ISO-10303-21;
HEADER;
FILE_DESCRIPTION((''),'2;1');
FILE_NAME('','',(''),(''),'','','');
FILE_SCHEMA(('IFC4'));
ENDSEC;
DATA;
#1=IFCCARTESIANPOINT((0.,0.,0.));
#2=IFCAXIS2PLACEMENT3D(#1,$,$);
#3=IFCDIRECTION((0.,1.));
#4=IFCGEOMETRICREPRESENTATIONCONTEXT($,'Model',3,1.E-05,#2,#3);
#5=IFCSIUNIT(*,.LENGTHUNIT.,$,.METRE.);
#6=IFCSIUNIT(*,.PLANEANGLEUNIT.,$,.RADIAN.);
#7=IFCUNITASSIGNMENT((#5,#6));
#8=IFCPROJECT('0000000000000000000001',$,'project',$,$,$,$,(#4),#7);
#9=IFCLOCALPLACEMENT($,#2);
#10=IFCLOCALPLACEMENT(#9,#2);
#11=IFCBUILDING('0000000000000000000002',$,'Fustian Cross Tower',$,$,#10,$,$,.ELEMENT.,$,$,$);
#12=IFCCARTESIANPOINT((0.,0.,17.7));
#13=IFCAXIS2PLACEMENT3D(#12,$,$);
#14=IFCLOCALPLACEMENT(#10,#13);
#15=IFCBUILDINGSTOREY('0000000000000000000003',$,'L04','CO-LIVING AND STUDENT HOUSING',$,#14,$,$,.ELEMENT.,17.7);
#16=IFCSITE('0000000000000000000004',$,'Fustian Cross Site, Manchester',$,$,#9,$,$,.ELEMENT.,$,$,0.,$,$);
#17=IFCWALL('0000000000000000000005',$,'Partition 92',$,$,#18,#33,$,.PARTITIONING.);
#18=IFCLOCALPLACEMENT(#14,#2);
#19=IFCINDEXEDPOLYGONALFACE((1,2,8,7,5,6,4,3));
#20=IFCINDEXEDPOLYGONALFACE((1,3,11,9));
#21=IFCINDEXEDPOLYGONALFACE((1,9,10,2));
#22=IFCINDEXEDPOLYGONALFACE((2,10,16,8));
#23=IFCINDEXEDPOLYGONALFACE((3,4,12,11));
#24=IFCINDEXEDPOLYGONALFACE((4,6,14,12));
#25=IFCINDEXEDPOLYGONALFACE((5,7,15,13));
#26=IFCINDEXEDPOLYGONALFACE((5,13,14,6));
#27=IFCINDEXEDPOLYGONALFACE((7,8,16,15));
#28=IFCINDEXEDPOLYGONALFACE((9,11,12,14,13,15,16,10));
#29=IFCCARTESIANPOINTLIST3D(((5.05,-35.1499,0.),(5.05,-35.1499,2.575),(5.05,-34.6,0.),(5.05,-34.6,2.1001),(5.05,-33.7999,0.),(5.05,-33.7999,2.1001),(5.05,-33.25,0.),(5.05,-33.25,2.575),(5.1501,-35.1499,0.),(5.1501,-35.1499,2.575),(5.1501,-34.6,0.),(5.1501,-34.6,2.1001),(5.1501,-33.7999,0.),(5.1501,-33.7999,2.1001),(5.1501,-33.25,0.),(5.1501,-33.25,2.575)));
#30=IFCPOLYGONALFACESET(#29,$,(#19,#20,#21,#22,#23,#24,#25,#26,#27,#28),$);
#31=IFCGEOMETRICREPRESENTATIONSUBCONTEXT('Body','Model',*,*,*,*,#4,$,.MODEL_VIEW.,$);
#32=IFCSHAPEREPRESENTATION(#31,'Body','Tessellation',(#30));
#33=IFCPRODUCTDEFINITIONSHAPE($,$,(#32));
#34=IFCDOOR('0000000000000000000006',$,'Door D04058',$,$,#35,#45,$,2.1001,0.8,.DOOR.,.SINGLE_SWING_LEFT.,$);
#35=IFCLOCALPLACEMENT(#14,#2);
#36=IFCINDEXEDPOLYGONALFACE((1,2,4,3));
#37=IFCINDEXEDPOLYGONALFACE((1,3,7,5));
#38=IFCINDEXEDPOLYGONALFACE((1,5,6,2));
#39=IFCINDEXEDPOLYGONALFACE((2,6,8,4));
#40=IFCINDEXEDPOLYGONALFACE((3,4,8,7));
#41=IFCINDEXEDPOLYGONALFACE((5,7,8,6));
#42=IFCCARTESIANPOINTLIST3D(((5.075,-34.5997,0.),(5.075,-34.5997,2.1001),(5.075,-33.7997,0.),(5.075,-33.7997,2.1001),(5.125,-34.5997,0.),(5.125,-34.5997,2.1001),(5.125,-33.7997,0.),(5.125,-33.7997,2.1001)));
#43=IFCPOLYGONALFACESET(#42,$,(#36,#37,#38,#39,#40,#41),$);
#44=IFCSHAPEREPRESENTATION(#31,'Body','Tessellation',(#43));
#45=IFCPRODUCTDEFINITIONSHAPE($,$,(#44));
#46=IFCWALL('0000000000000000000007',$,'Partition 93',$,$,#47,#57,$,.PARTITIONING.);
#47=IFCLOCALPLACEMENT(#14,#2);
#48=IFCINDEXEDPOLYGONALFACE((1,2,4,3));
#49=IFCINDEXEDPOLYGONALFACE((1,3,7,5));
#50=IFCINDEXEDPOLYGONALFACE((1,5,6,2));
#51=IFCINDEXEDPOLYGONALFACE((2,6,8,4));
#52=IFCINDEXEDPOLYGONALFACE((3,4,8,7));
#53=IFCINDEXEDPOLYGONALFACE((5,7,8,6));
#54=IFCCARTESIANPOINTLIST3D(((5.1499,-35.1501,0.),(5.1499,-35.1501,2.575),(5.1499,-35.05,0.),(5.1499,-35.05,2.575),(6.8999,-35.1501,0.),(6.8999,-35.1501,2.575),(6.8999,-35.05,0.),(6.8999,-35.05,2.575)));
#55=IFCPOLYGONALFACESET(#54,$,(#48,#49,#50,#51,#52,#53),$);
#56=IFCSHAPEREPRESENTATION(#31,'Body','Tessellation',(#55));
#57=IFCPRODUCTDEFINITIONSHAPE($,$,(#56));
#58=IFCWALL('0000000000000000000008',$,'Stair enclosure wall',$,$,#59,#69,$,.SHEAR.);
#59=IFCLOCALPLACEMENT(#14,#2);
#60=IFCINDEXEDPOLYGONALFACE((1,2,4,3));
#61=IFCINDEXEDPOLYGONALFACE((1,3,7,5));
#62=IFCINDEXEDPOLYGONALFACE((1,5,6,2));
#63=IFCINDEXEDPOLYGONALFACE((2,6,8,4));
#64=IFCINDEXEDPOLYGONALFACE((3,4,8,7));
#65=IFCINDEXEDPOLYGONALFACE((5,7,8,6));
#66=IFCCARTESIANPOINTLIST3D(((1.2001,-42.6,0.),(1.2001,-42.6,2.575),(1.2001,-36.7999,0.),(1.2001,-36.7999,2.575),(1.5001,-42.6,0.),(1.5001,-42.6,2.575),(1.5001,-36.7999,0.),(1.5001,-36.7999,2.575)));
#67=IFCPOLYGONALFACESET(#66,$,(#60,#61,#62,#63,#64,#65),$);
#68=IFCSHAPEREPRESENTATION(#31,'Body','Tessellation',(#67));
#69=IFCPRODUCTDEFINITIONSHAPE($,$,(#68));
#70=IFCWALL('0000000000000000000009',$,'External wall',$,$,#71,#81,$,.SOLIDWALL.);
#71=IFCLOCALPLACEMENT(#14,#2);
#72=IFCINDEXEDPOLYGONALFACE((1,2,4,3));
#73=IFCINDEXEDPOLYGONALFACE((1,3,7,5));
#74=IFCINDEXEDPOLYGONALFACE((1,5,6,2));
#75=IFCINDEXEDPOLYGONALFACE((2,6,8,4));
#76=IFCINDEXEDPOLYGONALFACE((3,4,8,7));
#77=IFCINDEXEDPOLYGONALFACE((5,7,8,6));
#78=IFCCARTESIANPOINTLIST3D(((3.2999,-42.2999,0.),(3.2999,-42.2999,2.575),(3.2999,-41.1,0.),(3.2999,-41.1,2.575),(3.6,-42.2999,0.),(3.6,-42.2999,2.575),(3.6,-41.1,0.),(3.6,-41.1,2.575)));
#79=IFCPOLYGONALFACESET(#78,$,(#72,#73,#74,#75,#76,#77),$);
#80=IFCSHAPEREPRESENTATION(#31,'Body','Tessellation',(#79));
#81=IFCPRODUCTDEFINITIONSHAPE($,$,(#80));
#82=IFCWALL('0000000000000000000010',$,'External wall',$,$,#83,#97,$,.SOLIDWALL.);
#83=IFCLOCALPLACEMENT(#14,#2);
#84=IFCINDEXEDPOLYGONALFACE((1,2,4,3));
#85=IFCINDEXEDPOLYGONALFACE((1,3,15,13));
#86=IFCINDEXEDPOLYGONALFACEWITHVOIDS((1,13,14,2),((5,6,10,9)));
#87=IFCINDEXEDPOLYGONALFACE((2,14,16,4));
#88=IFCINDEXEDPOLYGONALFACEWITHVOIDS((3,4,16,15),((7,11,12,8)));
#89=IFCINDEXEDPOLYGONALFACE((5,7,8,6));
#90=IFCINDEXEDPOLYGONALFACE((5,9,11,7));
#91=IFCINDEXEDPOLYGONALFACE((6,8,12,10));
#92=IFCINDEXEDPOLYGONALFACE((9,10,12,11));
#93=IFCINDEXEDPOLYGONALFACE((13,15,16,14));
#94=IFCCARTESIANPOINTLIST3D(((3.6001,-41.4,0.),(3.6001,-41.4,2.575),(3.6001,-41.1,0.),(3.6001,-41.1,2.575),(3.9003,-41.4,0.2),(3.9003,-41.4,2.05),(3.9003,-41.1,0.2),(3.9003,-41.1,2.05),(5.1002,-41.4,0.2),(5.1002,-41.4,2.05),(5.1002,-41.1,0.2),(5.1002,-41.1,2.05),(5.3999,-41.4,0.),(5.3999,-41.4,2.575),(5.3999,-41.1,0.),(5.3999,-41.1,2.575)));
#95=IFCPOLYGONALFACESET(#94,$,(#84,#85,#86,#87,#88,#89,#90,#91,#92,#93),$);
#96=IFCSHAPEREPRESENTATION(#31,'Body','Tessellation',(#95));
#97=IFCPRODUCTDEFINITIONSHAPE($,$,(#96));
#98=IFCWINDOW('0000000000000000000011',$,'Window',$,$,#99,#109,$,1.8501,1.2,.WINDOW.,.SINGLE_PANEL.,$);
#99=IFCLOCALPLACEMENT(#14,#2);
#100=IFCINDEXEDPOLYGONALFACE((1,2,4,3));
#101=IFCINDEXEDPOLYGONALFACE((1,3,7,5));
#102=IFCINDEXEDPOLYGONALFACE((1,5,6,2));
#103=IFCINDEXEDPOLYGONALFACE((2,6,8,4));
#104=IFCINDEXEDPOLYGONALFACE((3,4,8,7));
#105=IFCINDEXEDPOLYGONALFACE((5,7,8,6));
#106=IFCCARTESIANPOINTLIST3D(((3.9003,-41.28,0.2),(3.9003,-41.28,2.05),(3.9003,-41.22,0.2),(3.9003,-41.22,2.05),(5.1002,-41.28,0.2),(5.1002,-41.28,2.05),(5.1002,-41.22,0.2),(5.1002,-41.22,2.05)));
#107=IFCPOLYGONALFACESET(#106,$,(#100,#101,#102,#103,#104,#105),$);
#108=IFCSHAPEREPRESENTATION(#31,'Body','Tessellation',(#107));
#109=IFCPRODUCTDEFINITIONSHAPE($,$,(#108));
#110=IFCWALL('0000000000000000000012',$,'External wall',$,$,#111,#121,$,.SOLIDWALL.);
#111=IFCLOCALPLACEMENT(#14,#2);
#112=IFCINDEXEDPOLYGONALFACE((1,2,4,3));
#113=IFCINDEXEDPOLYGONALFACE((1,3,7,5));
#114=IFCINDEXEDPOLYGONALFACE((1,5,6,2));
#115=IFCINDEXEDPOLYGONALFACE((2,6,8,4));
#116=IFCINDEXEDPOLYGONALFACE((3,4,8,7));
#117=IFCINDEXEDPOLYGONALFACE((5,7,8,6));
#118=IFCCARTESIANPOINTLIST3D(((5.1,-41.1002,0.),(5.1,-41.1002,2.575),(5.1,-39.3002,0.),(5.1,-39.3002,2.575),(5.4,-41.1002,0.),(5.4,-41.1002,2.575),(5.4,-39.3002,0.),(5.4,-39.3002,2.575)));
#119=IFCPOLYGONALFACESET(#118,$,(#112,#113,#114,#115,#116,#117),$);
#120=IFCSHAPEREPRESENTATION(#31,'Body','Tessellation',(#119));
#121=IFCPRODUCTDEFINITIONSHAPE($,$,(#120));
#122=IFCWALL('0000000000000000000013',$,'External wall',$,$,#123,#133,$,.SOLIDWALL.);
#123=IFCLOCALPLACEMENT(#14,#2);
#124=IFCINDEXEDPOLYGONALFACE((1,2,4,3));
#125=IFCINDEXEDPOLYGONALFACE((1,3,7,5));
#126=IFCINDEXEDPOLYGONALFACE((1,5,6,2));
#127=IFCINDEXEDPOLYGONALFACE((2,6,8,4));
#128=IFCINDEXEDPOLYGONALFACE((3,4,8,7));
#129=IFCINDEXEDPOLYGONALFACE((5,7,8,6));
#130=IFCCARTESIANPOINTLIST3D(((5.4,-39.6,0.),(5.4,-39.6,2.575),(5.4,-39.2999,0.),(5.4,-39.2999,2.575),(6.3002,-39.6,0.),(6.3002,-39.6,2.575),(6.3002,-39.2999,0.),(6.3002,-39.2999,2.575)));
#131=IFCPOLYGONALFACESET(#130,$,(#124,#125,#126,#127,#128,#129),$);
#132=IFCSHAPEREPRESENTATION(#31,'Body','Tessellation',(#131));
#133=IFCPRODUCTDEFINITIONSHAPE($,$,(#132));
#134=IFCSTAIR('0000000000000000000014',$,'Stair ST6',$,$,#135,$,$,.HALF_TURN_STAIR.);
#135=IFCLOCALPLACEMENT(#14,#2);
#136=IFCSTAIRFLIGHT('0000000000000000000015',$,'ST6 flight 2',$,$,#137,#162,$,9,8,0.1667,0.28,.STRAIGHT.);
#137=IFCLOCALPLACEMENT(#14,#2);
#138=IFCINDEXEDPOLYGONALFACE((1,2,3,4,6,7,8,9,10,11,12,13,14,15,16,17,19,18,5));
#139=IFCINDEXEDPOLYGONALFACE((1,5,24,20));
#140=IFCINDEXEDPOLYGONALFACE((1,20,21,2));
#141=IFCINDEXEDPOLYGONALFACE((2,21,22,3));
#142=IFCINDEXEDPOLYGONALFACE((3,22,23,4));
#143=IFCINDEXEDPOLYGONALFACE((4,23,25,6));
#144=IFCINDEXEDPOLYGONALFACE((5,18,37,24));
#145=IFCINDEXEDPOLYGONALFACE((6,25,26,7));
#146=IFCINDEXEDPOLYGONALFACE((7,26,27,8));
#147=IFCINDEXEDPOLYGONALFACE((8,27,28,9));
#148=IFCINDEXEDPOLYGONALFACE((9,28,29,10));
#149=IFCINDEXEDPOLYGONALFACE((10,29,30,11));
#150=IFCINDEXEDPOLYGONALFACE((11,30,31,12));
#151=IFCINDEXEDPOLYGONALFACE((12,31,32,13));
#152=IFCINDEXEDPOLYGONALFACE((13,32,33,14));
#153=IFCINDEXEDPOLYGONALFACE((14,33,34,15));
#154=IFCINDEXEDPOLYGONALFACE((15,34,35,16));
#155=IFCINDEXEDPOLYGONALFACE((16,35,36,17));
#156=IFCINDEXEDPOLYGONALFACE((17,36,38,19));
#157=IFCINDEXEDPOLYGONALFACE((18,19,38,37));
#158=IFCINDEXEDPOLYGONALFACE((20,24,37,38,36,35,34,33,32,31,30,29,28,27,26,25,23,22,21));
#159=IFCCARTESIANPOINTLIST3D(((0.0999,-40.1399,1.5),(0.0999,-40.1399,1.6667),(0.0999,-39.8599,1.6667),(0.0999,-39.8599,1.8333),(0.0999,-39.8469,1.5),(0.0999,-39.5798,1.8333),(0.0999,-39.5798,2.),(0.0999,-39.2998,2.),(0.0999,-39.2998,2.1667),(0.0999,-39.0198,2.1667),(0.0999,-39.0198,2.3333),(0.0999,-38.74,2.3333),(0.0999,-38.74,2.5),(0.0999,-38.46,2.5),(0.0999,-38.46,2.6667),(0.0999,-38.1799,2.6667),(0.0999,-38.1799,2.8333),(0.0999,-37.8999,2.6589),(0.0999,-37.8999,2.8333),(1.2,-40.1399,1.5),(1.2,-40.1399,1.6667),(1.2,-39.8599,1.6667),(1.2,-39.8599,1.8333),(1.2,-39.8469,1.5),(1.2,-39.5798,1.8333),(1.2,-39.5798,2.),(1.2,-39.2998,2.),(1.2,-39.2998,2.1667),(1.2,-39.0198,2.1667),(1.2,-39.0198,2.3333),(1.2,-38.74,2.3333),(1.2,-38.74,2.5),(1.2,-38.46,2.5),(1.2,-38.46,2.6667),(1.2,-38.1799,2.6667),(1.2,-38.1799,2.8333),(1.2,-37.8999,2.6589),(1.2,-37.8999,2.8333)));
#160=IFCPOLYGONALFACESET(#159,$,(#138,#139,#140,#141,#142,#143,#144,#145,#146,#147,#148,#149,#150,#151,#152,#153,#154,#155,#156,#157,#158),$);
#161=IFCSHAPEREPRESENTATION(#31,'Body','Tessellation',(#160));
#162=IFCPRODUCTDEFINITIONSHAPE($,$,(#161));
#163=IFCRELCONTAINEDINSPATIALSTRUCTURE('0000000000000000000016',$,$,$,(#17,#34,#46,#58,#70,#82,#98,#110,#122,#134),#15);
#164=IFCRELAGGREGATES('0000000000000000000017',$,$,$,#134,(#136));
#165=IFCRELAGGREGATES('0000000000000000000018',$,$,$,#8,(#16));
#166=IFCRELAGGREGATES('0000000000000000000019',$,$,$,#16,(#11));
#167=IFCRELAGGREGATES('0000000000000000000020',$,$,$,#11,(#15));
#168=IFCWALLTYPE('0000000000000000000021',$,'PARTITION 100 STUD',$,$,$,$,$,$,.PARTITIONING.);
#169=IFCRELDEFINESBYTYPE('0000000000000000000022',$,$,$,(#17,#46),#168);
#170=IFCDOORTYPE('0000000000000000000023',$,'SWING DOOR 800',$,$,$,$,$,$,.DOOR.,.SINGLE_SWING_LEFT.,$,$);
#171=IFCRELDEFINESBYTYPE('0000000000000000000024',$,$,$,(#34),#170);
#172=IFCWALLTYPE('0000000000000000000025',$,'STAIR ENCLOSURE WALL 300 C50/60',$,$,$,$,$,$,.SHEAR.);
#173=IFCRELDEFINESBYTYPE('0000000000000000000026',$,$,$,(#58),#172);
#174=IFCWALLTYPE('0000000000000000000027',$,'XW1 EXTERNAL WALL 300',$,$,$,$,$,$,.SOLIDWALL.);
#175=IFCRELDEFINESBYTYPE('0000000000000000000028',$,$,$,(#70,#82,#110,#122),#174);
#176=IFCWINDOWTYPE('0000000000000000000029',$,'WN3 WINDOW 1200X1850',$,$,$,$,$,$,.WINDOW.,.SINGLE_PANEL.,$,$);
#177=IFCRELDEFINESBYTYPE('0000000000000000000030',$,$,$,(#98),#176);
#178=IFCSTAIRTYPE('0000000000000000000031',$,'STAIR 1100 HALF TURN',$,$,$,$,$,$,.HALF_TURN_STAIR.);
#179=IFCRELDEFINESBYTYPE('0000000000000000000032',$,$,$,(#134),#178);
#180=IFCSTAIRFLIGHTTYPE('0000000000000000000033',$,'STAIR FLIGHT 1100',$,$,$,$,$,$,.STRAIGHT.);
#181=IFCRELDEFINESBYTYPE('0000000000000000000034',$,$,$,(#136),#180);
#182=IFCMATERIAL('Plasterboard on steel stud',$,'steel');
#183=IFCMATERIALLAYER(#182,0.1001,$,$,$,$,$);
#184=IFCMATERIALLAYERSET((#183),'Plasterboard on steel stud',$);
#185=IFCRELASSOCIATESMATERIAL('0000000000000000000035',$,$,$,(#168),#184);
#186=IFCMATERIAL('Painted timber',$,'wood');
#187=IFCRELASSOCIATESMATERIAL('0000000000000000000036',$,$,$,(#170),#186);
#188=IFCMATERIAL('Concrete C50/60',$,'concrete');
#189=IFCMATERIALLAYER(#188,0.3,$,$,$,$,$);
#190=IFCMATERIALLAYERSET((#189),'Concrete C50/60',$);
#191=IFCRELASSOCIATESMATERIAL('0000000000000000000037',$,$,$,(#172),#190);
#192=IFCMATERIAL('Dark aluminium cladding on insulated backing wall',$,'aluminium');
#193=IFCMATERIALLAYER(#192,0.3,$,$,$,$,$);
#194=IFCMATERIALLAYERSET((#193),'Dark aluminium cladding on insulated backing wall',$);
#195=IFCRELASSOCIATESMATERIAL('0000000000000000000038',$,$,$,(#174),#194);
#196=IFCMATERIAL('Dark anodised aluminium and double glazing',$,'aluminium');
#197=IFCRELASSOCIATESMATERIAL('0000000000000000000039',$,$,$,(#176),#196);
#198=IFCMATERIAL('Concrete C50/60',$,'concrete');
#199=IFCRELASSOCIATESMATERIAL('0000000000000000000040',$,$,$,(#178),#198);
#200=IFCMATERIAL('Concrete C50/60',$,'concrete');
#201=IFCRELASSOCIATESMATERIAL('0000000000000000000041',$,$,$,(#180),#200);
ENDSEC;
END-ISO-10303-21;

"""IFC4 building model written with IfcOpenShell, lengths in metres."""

from ifc_helpers import new_model, si_unit, direction, frame, frame_2d, origin, place, context, subcontext, project, spatial, polyline, rectangle, outline, extrude, material, layer, layer_set, type_object, element, fill, aggregate, save


model = new_model("IFC4")

# Units and contexts
model_context = context("Model", 3, precision=1e-05, world=origin(), true_north=direction((0.0, 1.0)))
body_context = subcontext(model_context, "Body", "Model", "MODEL_VIEW")
ifc_project = project(units=[si_unit("LENGTHUNIT", "METRE"), si_unit("PLANEANGLEUNIT", "RADIAN")], contexts=[model_context])

# Site, building, storey
site_placement = place(None, origin())
site = spatial("IfcSite", under=ifc_project, at=site_placement, Name="Fustian Cross Site, Manchester", CompositionType="ELEMENT", RefElevation=0.0)
building_placement = place(site_placement, origin())
building = spatial("IfcBuilding", under=site, at=building_placement, Name="Fustian Cross Tower", CompositionType="ELEMENT")
storey_placement = place(building_placement, frame((0.0, 0.0, 17.7)))
storey = spatial("IfcBuildingStorey", under=building, at=storey_placement, Name="L04", Description="CO-LIVING AND STUDENT HOUSING", CompositionType="ELEMENT", Elevation=17.7)

# Wall, opening, door
ifc_material_1 = material(Name="Plasterboard on steel stud", Category="steel")
ifc_layer_1 = layer(ifc_material_1, 0.1001)
ifc_layer_set_1 = layer_set([ifc_layer_1], Name="Plasterboard on steel stud")
wall_type_1 = type_object("IfcWallType", Name="PARTITION 100 STUD", PredefinedType="PARTITIONING", material=ifc_layer_set_1)
wall_1_placement = place(storey_placement, frame((5.1001, -35.1499, 0.0), z_axis=(0.0, 0.0, 1.0), x_axis=(0.0, 1.0, 0.0)))
wall_1 = element("IfcWall", 1, at=wall_1_placement, inside=storey, type_object=wall_type_1, Name="Partition 92", PredefinedType="PARTITIONING", context=body_context, shape_type="SweptSolid", body=[
    extrude(rectangle(XDim=1.8999, YDim=0.1001, at=frame_2d((0.95, 0.0))), origin(), (0.0, 0.0, 1.0), 2.575),
])
opening_1_placement = place(wall_1_placement, frame((0.55, 0.0, 0.0)))
opening_1 = element("IfcOpeningElement", 2, at=opening_1_placement, cuts=wall_1, PredefinedType="OPENING", context=body_context, shape_type="SweptSolid", body=[
    extrude(rectangle(XDim=0.8, YDim=2.1001, at=frame_2d((0.3999, 1.05))), frame((0.0, 0.0601, 0.0), z_axis=(0.0, -1.0, 0.0), x_axis=(1.0, 0.0, 0.0)), (0.0, 0.0, 1.0), 0.1201),
])
ifc_material_2 = material(Name="Painted timber", Category="wood")
door_type_1 = type_object("IfcDoorType", Name="SWING DOOR 800", OperationType="SINGLE_SWING_LEFT", PredefinedType="DOOR", material=ifc_material_2)
door_1_placement = place(opening_1_placement, frame((0.8, 0.0, 0.0), z_axis=(0.0, 0.0, 1.0), x_axis=(-1.0, 0.0, 0.0)))
door_1 = element("IfcDoor", 3, at=door_1_placement, inside=storey, type_object=door_type_1, Name="Door D04058", OperationType="SINGLE_SWING_LEFT", OverallHeight=2.1001, OverallWidth=0.8, PredefinedType="DOOR", context=body_context, shape_type="SweptSolid", body=[
    extrude(rectangle(XDim=0.8, YDim=2.1001, at=frame_2d((0.3999, 1.05))), frame((0.0, 0.0249, 0.0), z_axis=(0.0, -1.0, 0.0), x_axis=(1.0, 0.0, 0.0)), (0.0, 0.0, 1.0), 0.05),
])
fill(opening_1, door_1)

# Walls
wall_2_placement = place(storey_placement, frame((5.1499, -35.1001, 0.0), z_axis=(0.0, 0.0, 1.0), x_axis=(1.0, 0.0, 0.0)))
element("IfcWall", 4, at=wall_2_placement, inside=storey, type_object=wall_type_1, Name="Partition 93", PredefinedType="PARTITIONING", context=body_context, shape_type="SweptSolid", body=[
    extrude(rectangle(XDim=1.75, YDim=0.1001, at=frame_2d((0.875, 0.0))), origin(), (0.0, 0.0, 1.0), 2.575),
])
ifc_material_3 = material(Name="Concrete C50/60", Category="concrete")
ifc_layer_2 = layer(ifc_material_3, 0.3)
ifc_layer_set_2 = layer_set([ifc_layer_2], Name="Concrete C50/60")
wall_type_2 = type_object("IfcWallType", Name="STAIR ENCLOSURE WALL 300 C50/60", PredefinedType="SHEAR", material=ifc_layer_set_2)
wall_3_placement = place(storey_placement, frame((1.3501, -36.8, 0.0), z_axis=(0.0, 0.0, 1.0), x_axis=(0.0, -1.0, 0.0)))
element("IfcWall", 5, at=wall_3_placement, inside=storey, type_object=wall_type_2, Name="Stair enclosure wall", PredefinedType="SHEAR", context=body_context, shape_type="SweptSolid", body=[
    extrude(rectangle(XDim=5.8, YDim=0.3, at=frame_2d((2.8999, 0.0))), origin(), (0.0, 0.0, 1.0), 2.575),
])
ifc_material_4 = material(Name="Dark aluminium cladding on insulated backing wall", Category="aluminium")
ifc_layer_3 = layer(ifc_material_4, 0.3)
ifc_layer_set_3 = layer_set([ifc_layer_3], Name="Dark aluminium cladding on insulated backing wall")
wall_type_3 = type_object("IfcWallType", Name="XW1 EXTERNAL WALL 300", PredefinedType="SOLIDWALL", material=ifc_layer_set_3)
wall_4_placement = place(storey_placement, frame((3.45, -42.3, 0.0), z_axis=(0.0, 0.0, 1.0), x_axis=(0.0, 1.0, 0.0)))
element("IfcWall", 6, at=wall_4_placement, inside=storey, type_object=wall_type_3, Name="External wall", PredefinedType="SOLIDWALL", context=body_context, shape_type="SweptSolid", body=[
    extrude(rectangle(XDim=1.2, YDim=0.3, at=frame_2d((0.6001, 0.0))), origin(), (0.0, 0.0, 1.0), 2.575),
])

# Wall, opening, window
wall_5_placement = place(storey_placement, frame((3.6001, -41.25, 0.0), z_axis=(0.0, 0.0, 1.0), x_axis=(1.0, 0.0, 0.0)))
wall_5 = element("IfcWall", 7, at=wall_5_placement, inside=storey, type_object=wall_type_3, Name="External wall", PredefinedType="SOLIDWALL", context=body_context, shape_type="SweptSolid", body=[
    extrude(rectangle(XDim=1.7998, YDim=0.3, at=frame_2d((0.8999, 0.0))), origin(), (0.0, 0.0, 1.0), 2.575),
])
opening_2_placement = place(wall_5_placement, frame((0.3, 0.0, 0.2)))
opening_2 = element("IfcOpeningElement", 8, at=opening_2_placement, cuts=wall_5, PredefinedType="OPENING", context=body_context, shape_type="SweptSolid", body=[
    extrude(rectangle(XDim=1.2, YDim=1.8501, at=frame_2d((0.6001, 0.925))), frame((0.0, 0.1599, 0.0), z_axis=(0.0, -1.0, 0.0), x_axis=(1.0, 0.0, 0.0)), (0.0, 0.0, 1.0), 0.3201),
])
ifc_material_5 = material(Name="Dark anodised aluminium and double glazing", Category="aluminium")
window_type = type_object("IfcWindowType", Name="WN3 WINDOW 1200X1850", PartitioningType="SINGLE_PANEL", PredefinedType="WINDOW", material=ifc_material_5)
window_placement = place(opening_2_placement, origin())
window = element("IfcWindow", 9, at=window_placement, inside=storey, type_object=window_type, Name="Window", OverallHeight=1.8501, OverallWidth=1.2, PartitioningType="SINGLE_PANEL", PredefinedType="WINDOW", context=body_context, shape_type="SweptSolid", body=[
    extrude(rectangle(XDim=1.2, YDim=1.8501, at=frame_2d((0.6001, 0.925))), frame((0.0, 0.03, 0.0), z_axis=(0.0, -1.0, 0.0), x_axis=(1.0, 0.0, 0.0)), (0.0, 0.0, 1.0), 0.0601),
])
fill(opening_2, window)

# Walls
wall_6_placement = place(storey_placement, frame((5.25, -41.1001, 0.0), z_axis=(0.0, 0.0, 1.0), x_axis=(0.0, 1.0, 0.0)))
element("IfcWall", 10, at=wall_6_placement, inside=storey, type_object=wall_type_3, Name="External wall", PredefinedType="SOLIDWALL", context=body_context, shape_type="SweptSolid", body=[
    extrude(rectangle(XDim=1.8, YDim=0.3, at=frame_2d((0.8999, 0.0))), origin(), (0.0, 0.0, 1.0), 2.575),
])
wall_7_placement = place(storey_placement, frame((5.3999, -39.45, 0.0), z_axis=(0.0, 0.0, 1.0), x_axis=(1.0, 0.0, 0.0)))
element("IfcWall", 11, at=wall_7_placement, inside=storey, type_object=wall_type_3, Name="External wall", PredefinedType="SOLIDWALL", context=body_context, shape_type="SweptSolid", body=[
    extrude(rectangle(XDim=0.9001, YDim=0.3, at=frame_2d((0.4502, 0.0))), origin(), (0.0, 0.0, 1.0), 2.575),
])

# Stair, stair flight
ifc_material_6 = material(Name="Concrete C50/60", Category="concrete")
stair_type = type_object("IfcStairType", Name="STAIR 1100 HALF TURN", PredefinedType="HALF_TURN_STAIR", material=ifc_material_6)
stair_placement = place(storey_placement, origin())
stair = element("IfcStair", 12, at=stair_placement, inside=storey, type_object=stair_type, Name="Stair ST6", PredefinedType="HALF_TURN_STAIR")
ifc_material_7 = material(Name="Concrete C50/60", Category="concrete")
stair_flight_type = type_object("IfcStairFlightType", Name="STAIR FLIGHT 1100", PredefinedType="STRAIGHT", material=ifc_material_7)
stair_flight_placement = place(storey_placement, frame((0.6499, -40.1399, 1.5), z_axis=(0.0, 0.0, 1.0), x_axis=(0.0, 1.0, 0.0)))
stair_flight = element("IfcStairFlight", 13, at=stair_flight_placement, type_object=stair_flight_type, Name="ST6 flight 2", NumberOfRisers=9, NumberOfTreads=8, PredefinedType="STRAIGHT", RiserHeight=0.1667, TreadLength=0.28, context=body_context, shape_type="SweptSolid", body=[
    extrude(outline(polyline([(0.0, 0.0), (0.0, 0.1667), (0.28, 0.1667), (0.28, 0.3333), (0.5601, 0.3333), (0.5601, 0.5), (0.8401, 0.5), (0.8401, 0.6667), (1.1201, 0.6667), (1.1201, 0.8333), (1.3999, 0.8333), (1.3999, 1.0), (1.6799, 1.0), (1.6799, 1.1667), (1.96, 1.1667), (1.96, 1.3333), (2.24, 1.3333), (2.24, 1.5), (2.24, 1.1589), (0.293, 0.0), (0.0, 0.0)])), frame((0.0, 0.55, 0.0), z_axis=(0.0, -1.0, 0.0), x_axis=(1.0, 0.0, 0.0)), (0.0, 0.0, 1.0), 1.1001),
])
aggregate(stair, [stair_flight])

save(model, "model.ifc")
